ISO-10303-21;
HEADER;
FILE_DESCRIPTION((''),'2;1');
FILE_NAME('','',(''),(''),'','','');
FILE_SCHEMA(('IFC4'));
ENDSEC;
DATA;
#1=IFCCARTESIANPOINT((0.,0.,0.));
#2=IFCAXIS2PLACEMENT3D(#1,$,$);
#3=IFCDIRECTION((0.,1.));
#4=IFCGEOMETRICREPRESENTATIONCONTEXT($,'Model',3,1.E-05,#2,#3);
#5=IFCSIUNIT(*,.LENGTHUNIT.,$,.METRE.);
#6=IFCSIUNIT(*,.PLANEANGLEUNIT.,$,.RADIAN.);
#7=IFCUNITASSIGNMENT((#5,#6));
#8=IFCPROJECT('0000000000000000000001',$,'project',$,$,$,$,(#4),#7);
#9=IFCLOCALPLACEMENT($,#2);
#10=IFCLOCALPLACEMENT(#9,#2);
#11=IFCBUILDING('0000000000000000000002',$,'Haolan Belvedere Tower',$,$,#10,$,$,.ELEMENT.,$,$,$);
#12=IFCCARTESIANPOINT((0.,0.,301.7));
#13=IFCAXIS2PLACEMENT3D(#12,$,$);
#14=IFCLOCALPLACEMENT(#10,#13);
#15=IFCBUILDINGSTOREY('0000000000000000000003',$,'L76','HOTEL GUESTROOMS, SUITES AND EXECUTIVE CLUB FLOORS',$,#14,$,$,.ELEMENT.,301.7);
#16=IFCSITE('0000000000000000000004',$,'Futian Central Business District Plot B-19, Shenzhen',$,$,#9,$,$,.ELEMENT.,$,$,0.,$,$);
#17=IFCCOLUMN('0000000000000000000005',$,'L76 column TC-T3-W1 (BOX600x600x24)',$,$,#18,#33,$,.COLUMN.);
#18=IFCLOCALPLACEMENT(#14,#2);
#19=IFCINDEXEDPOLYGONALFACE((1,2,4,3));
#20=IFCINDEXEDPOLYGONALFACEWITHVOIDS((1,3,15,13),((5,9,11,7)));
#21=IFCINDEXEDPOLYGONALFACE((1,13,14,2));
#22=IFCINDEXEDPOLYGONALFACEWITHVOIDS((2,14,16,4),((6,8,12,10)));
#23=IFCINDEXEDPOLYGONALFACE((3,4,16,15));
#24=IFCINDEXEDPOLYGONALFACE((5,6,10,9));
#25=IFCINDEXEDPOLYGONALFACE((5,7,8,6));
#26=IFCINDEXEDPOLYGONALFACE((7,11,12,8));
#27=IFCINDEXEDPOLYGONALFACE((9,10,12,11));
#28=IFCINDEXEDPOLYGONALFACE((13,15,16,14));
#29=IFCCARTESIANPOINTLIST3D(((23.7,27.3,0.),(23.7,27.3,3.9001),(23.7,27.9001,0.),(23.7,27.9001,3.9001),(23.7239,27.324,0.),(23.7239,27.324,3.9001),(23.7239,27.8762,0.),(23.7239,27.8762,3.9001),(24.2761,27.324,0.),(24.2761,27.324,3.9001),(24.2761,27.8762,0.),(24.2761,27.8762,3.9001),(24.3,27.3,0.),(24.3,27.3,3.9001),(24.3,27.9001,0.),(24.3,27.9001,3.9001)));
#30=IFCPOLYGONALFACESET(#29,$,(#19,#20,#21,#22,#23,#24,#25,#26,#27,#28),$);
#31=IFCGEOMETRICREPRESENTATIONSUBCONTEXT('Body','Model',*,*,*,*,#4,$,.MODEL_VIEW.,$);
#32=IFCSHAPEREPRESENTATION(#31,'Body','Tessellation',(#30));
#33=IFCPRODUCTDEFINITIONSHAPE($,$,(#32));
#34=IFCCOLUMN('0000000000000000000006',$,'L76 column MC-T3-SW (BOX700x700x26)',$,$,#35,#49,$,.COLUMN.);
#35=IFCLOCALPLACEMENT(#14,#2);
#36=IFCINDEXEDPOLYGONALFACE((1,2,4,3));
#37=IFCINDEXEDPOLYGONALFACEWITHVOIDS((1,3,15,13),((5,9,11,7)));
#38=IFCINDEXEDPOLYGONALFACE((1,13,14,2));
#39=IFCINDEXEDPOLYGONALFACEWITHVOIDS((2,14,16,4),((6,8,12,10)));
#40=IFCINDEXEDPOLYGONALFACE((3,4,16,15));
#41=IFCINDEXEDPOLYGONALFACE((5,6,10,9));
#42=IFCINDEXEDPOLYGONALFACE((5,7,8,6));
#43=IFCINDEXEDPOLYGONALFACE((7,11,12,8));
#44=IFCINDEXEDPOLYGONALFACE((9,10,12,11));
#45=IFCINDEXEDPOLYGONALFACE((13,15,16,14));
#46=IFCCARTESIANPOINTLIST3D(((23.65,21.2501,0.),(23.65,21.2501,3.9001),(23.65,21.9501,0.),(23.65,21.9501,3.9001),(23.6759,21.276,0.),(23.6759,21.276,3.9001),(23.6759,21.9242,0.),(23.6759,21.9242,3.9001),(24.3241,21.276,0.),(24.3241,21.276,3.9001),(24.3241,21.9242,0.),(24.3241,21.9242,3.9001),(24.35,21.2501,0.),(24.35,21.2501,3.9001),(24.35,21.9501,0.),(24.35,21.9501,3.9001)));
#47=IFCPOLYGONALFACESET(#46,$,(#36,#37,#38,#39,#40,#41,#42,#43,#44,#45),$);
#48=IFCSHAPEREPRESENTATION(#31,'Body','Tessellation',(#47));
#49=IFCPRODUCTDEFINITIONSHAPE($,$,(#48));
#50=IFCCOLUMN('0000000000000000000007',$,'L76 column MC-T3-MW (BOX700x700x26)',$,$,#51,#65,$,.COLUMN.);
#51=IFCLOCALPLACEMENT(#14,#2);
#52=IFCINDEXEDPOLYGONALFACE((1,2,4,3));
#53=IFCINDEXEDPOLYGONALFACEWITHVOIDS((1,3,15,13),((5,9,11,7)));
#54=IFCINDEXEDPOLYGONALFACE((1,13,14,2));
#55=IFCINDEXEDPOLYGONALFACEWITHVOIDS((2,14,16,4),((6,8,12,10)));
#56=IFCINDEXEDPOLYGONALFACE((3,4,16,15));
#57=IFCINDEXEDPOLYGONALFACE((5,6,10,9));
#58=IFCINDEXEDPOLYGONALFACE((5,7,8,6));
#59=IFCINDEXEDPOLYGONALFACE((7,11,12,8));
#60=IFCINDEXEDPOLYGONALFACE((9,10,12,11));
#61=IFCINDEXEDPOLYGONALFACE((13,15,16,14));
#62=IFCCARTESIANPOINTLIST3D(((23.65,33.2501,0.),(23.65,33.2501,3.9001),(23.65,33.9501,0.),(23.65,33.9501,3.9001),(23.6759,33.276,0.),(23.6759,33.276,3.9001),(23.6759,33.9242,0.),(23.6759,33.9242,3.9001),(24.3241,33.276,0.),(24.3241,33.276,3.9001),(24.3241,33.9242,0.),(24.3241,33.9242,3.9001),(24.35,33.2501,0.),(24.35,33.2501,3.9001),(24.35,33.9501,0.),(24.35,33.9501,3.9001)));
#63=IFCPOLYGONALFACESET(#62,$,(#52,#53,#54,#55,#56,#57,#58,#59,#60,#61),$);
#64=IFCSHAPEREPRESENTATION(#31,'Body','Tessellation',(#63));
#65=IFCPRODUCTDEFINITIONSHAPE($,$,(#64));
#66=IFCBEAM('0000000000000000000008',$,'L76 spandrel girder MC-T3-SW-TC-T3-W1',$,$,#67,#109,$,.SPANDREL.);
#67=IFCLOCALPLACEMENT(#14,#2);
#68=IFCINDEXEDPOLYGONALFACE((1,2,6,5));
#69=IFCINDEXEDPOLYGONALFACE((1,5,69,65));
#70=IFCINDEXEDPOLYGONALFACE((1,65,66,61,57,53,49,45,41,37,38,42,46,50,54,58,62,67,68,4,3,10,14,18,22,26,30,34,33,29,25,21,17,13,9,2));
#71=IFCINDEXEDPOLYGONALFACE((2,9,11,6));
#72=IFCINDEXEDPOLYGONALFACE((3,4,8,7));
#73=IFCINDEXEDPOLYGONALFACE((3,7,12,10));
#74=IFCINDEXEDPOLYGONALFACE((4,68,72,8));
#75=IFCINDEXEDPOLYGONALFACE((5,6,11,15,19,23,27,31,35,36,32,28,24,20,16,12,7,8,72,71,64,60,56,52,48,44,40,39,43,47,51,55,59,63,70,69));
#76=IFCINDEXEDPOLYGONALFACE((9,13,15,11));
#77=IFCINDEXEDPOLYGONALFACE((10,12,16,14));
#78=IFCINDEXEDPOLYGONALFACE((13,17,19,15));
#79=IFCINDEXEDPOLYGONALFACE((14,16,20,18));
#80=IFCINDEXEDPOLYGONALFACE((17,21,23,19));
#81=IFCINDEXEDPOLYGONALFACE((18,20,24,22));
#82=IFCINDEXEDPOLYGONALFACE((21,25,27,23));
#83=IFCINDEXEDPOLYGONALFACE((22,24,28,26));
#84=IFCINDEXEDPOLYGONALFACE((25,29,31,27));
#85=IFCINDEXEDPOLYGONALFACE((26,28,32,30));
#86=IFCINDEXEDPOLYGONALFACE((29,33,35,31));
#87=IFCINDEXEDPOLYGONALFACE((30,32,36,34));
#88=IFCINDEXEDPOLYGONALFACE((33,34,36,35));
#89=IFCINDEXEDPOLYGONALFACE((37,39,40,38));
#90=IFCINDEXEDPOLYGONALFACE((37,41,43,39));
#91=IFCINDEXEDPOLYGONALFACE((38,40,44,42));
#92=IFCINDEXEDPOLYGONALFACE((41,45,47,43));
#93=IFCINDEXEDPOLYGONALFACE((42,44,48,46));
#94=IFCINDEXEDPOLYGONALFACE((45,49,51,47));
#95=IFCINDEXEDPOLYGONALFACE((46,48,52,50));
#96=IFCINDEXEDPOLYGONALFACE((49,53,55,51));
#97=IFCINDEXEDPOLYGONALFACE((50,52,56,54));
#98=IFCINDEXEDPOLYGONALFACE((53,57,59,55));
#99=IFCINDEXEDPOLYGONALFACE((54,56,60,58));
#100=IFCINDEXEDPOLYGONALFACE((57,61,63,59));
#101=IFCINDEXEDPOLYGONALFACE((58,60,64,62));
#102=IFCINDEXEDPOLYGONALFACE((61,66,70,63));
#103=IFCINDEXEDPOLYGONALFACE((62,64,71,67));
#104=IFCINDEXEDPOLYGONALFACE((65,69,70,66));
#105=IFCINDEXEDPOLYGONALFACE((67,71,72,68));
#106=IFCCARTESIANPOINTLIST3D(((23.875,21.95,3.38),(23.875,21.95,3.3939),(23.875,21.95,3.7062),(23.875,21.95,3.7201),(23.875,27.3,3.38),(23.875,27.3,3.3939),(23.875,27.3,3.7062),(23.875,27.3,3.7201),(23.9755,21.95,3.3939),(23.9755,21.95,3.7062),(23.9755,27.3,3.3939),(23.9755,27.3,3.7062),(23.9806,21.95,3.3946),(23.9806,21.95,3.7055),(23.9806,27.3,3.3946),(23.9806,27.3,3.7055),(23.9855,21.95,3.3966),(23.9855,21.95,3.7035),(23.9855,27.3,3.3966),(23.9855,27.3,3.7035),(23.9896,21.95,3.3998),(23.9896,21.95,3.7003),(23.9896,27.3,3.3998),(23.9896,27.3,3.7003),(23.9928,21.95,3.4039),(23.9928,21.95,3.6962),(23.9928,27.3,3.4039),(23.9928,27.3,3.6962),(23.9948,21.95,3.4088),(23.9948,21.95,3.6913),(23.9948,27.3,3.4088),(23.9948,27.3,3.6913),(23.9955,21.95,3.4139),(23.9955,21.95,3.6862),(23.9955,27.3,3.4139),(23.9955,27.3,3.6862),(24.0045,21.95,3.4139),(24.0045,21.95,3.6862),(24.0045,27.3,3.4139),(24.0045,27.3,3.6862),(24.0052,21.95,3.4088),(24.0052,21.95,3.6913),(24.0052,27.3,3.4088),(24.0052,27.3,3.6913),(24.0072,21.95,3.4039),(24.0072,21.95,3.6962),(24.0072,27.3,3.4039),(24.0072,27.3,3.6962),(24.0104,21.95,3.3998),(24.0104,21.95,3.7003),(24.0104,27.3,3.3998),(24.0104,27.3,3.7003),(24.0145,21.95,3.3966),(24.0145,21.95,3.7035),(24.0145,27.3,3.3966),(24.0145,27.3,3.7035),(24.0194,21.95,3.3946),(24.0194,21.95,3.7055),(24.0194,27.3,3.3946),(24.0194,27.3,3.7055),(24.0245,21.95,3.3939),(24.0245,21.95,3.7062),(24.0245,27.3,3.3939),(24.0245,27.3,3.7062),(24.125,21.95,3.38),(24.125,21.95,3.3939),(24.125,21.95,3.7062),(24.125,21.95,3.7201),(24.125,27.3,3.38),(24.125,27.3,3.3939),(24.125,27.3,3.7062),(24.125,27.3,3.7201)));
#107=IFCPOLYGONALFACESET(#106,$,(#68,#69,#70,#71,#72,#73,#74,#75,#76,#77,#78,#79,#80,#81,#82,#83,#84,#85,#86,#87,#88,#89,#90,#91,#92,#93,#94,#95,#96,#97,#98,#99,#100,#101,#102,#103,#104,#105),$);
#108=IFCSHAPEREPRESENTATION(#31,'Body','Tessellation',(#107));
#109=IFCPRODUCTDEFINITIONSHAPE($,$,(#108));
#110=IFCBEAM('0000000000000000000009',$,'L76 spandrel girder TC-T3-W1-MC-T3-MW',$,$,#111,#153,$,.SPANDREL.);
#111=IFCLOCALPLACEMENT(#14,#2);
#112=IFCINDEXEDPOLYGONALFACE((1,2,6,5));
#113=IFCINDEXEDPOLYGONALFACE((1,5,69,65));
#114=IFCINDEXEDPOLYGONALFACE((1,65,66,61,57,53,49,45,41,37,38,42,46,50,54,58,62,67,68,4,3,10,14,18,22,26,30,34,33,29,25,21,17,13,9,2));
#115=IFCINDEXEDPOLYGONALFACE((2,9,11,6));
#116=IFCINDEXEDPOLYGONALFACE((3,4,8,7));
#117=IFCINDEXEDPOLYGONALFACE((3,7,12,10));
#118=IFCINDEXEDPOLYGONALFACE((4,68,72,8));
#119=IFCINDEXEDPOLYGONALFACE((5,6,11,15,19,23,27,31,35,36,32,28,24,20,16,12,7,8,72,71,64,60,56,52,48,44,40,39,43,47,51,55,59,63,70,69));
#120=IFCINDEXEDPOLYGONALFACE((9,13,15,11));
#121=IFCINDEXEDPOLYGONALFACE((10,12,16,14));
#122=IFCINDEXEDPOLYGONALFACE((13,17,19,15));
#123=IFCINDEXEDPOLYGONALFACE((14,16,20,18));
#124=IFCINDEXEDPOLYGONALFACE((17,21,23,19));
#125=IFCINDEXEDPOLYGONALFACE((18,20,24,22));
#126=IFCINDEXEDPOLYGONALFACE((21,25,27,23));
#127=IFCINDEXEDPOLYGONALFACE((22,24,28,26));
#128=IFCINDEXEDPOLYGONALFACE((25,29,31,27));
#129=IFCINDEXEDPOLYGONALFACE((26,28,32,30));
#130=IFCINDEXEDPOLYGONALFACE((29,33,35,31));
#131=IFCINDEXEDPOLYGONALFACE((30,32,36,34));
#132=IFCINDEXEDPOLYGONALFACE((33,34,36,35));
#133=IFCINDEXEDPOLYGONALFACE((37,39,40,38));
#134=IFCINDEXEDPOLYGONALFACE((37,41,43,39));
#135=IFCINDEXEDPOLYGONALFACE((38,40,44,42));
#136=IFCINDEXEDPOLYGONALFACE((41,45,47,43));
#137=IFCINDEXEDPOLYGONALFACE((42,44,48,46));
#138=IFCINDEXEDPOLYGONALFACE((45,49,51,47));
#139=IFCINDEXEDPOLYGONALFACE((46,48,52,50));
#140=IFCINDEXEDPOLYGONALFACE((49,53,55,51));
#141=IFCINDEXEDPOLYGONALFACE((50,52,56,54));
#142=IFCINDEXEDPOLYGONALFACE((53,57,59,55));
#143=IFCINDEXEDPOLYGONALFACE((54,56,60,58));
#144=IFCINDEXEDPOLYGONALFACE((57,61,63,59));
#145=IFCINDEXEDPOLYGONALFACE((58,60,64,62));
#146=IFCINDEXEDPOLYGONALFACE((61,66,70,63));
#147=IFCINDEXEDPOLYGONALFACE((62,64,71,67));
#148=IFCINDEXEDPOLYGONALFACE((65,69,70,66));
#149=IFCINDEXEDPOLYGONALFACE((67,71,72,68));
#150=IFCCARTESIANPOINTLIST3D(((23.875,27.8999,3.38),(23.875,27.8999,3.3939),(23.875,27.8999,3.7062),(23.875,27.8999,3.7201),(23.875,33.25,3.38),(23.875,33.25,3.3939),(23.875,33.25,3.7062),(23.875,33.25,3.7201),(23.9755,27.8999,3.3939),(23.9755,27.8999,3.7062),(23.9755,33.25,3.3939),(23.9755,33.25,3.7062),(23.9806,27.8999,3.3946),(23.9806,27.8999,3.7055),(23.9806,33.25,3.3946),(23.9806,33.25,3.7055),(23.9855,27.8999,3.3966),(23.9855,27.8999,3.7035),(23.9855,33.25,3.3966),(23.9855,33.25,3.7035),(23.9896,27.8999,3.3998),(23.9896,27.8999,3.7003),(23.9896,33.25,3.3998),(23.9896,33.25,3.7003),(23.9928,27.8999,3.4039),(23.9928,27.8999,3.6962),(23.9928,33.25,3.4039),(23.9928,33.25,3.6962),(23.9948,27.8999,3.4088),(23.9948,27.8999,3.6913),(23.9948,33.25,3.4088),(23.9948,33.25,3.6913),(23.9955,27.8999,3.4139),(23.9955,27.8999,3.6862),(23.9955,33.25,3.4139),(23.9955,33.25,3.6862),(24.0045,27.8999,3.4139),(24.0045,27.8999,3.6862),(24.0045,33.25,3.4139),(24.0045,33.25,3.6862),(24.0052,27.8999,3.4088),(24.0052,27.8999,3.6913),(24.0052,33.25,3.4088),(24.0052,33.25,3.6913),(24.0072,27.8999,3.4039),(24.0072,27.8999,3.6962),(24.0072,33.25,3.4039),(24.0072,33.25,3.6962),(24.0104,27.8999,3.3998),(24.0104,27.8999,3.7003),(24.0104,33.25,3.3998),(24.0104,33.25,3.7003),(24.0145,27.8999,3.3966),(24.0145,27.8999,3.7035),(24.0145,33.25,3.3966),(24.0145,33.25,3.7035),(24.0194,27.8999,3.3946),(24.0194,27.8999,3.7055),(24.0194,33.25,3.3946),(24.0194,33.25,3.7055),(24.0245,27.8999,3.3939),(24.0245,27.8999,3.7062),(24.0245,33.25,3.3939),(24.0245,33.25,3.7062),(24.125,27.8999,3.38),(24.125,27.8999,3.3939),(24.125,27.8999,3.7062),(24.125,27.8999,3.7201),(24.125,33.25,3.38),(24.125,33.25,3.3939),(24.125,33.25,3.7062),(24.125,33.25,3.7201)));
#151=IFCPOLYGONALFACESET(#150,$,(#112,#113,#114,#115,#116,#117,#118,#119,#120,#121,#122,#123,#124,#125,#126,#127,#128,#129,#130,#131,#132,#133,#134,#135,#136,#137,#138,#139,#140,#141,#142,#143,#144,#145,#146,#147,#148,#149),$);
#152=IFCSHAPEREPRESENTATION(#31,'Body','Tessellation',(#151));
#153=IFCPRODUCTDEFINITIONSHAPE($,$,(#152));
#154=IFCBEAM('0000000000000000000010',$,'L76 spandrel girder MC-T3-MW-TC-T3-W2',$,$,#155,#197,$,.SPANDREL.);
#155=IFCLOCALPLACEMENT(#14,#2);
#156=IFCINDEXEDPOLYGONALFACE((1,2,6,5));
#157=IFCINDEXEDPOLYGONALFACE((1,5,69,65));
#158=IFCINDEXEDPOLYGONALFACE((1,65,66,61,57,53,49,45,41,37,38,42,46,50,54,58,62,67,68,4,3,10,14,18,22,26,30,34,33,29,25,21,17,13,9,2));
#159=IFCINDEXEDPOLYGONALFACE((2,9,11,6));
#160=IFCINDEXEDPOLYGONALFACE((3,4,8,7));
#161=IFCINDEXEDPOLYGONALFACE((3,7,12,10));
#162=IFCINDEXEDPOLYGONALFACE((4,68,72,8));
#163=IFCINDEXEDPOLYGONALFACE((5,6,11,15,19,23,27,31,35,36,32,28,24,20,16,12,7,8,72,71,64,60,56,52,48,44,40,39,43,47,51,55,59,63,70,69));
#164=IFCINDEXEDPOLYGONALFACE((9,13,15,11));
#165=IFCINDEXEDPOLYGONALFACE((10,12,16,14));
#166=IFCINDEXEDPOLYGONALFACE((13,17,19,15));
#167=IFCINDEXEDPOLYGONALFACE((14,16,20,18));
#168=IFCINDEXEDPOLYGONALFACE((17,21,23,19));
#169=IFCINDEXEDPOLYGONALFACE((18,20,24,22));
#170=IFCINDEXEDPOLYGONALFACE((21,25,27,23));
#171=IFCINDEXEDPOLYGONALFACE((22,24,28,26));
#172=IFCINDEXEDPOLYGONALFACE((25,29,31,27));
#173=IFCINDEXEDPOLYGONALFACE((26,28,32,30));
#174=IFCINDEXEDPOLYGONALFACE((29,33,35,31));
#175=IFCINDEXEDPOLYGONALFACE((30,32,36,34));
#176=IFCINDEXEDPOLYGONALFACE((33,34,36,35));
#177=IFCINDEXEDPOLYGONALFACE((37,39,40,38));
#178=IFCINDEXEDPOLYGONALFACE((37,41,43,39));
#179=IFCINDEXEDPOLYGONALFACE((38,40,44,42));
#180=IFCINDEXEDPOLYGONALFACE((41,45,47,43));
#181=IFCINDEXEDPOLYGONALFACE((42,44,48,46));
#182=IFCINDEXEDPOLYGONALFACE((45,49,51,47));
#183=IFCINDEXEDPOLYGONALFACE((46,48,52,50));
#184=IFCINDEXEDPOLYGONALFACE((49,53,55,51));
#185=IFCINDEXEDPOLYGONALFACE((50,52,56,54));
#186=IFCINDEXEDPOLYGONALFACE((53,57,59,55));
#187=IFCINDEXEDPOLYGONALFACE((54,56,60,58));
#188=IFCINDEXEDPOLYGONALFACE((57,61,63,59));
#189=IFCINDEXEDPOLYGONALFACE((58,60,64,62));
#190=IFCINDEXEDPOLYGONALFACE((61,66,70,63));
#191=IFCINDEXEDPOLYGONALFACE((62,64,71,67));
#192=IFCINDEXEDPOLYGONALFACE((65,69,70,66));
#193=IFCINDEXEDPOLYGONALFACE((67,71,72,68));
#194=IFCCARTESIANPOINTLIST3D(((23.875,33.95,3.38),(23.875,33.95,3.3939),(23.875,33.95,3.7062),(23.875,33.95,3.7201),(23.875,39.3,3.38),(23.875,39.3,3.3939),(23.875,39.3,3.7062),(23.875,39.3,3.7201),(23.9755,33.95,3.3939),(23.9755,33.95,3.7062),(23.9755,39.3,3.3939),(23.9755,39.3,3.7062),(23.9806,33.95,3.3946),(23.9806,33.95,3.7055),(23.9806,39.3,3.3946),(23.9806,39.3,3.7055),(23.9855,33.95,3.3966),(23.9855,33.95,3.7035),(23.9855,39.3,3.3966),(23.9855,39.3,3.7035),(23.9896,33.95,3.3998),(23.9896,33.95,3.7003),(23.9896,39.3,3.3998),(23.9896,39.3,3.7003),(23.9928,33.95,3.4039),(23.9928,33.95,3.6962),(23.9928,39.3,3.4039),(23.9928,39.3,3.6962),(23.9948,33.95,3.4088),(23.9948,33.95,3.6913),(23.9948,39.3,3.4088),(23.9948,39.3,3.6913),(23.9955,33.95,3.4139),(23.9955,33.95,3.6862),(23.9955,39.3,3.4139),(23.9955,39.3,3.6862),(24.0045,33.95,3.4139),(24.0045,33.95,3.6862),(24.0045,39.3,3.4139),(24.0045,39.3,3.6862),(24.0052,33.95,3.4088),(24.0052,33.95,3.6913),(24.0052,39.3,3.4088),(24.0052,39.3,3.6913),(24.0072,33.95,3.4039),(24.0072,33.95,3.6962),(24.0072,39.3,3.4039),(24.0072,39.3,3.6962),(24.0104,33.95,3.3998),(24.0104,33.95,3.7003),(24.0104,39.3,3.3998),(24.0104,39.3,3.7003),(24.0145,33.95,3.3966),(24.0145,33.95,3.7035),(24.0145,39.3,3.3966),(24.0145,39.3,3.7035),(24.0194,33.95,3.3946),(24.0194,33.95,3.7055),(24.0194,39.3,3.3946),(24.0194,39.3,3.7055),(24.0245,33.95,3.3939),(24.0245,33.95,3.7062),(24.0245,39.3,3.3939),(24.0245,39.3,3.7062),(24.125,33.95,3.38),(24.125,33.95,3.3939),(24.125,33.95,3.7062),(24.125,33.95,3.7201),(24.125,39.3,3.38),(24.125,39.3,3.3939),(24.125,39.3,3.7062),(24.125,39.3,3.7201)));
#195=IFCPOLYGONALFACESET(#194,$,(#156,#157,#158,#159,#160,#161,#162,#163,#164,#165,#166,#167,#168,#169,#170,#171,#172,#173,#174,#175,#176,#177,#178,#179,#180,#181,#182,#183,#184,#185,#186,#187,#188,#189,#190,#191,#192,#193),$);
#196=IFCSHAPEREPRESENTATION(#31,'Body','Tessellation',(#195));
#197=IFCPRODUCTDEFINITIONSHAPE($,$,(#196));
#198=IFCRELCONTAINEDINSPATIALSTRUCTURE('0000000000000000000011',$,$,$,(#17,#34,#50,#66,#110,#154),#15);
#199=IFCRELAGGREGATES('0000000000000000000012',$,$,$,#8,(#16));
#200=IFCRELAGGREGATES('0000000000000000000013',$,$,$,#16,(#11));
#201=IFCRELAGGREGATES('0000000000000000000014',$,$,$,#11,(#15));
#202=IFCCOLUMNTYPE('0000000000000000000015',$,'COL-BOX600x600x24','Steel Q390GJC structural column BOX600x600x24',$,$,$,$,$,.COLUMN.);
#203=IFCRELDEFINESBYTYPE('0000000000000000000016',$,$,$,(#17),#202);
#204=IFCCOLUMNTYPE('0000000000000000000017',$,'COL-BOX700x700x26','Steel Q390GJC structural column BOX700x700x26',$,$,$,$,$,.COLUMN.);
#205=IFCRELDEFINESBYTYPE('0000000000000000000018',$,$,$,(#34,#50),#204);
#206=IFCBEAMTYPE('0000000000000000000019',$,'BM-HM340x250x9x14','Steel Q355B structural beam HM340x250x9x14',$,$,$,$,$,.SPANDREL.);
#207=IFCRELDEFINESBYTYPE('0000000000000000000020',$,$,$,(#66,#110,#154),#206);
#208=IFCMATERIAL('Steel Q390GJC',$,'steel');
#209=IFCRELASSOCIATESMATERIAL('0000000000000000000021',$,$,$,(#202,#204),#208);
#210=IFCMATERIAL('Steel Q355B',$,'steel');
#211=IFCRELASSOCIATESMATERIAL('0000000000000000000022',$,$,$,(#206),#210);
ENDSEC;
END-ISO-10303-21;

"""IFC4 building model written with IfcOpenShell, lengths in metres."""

from ifc_helpers import new_model, si_unit, direction, frame, origin, origin_2d, place, context, subcontext, project, spatial, hollow_rectangle, i_section, extrude, material, material_profile, profile_set, type_object, element, save


model = new_model("IFC4")

# Units and contexts
model_context = context("Model", 3, precision=1e-05, world=origin(), true_north=direction((0.0, 1.0)))
body_context = subcontext(model_context, "Body", "Model", "MODEL_VIEW")
ifc_project = project(units=[si_unit("LENGTHUNIT", "METRE"), si_unit("PLANEANGLEUNIT", "RADIAN")], contexts=[model_context])

# Site, building, storey
site_placement = place(None, origin())
site = spatial("IfcSite", under=ifc_project, at=site_placement, Name="Futian Central Business District Plot B-19, Shenzhen", CompositionType="ELEMENT", RefElevation=0.0)
building_placement = place(site_placement, origin())
building = spatial("IfcBuilding", under=site, at=building_placement, Name="Haolan Belvedere Tower", CompositionType="ELEMENT")
storey_placement = place(building_placement, frame((0.0, 0.0, 301.7)))
storey = spatial("IfcBuildingStorey", under=building, at=storey_placement, Name="L76", Description="HOTEL GUESTROOMS, SUITES AND EXECUTIVE CLUB FLOORS", CompositionType="ELEMENT", Elevation=301.7)

# Columns
ifc_material_1 = material(Name="Steel Q390GJC", Category="steel")
ifc_material_profile_1 = material_profile(ifc_material_1, hollow_rectangle(XDim=0.6001, YDim=0.6001, WallThickness=0.0239, at=origin_2d()), Name="Steel Q390GJC")
ifc_profile_set_1 = profile_set([ifc_material_profile_1], Name="Steel Q390GJC")
column_type_1 = type_object("IfcColumnType", Name="COL-BOX600x600x24", Description="Steel Q390GJC structural column BOX600x600x24", PredefinedType="COLUMN", material=ifc_profile_set_1)
column_placement = place(storey_placement, frame((24.0, 27.6001, 0.0), z_axis=(0.0, 0.0, 1.0), x_axis=(1.0, 0.0, 0.0)))
element("IfcColumn", 1, at=column_placement, inside=storey, type_object=column_type_1, Name="L76 column TC-T3-W1 (BOX600x600x24)", PredefinedType="COLUMN", context=body_context, shape_type="SweptSolid", body=[
    extrude(hollow_rectangle(XDim=0.6001, YDim=0.6001, WallThickness=0.0239, at=origin_2d()), origin(), (0.0, 0.0, 1.0), 3.9001),
])
ifc_material_profile_2 = material_profile(ifc_material_1, hollow_rectangle(XDim=0.7, YDim=0.7, WallThickness=0.0259, at=origin_2d()), Name="Steel Q390GJC")
ifc_profile_set_2 = profile_set([ifc_material_profile_2], Name="Steel Q390GJC")
column_type_2 = type_object("IfcColumnType", Name="COL-BOX700x700x26", Description="Steel Q390GJC structural column BOX700x700x26", PredefinedType="COLUMN", material=ifc_profile_set_2)
for number, where, z_axis, x_axis, name in (
    (2, (24.0, 21.6001, 0.0), (0.0, 0.0, 1.0), (1.0, 0.0, 0.0), "L76 column MC-T3-SW (BOX700x700x26)"),
    (3, (24.0, 33.6001, 0.0), (0.0, 0.0, 1.0), (1.0, 0.0, 0.0), "L76 column MC-T3-MW (BOX700x700x26)"),
):
    element("IfcColumn", number, at=place(storey_placement, frame(where, z_axis=z_axis, x_axis=x_axis)), inside=storey, type_object=column_type_2, Name=name, PredefinedType="COLUMN", context=body_context, shape_type="SweptSolid", body=[
        extrude(hollow_rectangle(XDim=0.7, YDim=0.7, WallThickness=0.0259, at=origin_2d()), origin(), (0.0, 0.0, 1.0), 3.9001),
    ])

# Beams
ifc_material_2 = material(Name="Steel Q355B", Category="steel")
ifc_material_profile_3 = material_profile(ifc_material_2, i_section(OverallWidth=0.25, OverallDepth=0.3401, WebThickness=0.009, FlangeThickness=0.0139, FilletRadius=0.02, at=origin_2d()), Name="Steel Q355B")
ifc_profile_set_3 = profile_set([ifc_material_profile_3], Name="Steel Q355B")
beam_type_1 = type_object("IfcBeamType", Name="BM-HM340x250x9x14", Description="Steel Q355B structural beam HM340x250x9x14", PredefinedType="SPANDREL", material=ifc_profile_set_3)
for number, where, z_axis, x_axis, name in (
    (4, (24.0, 21.95, 3.55), (0.0, 1.0, 0.0), (-1.0, 0.0, 0.0), "L76 spandrel girder MC-T3-SW-TC-T3-W1"),
    (5, (24.0, 27.8999, 3.55), (0.0, 1.0, 0.0), (-1.0, 0.0, 0.0), "L76 spandrel girder TC-T3-W1-MC-T3-MW"),
    (6, (24.0, 33.95, 3.55), (0.0, 1.0, 0.0), (-1.0, 0.0, 0.0), "L76 spandrel girder MC-T3-MW-TC-T3-W2"),
):
    element("IfcBeam", number, at=place(storey_placement, frame(where, z_axis=z_axis, x_axis=x_axis)), inside=storey, type_object=beam_type_1, Name=name, PredefinedType="SPANDREL", context=body_context, shape_type="SweptSolid", body=[
        extrude(i_section(OverallWidth=0.25, OverallDepth=0.3401, WebThickness=0.009, FlangeThickness=0.0139, FilletRadius=0.02, at=origin_2d()), origin(), (0.0, 0.0, 1.0), 5.3501),
    ])

save(model, "model.ifc")
